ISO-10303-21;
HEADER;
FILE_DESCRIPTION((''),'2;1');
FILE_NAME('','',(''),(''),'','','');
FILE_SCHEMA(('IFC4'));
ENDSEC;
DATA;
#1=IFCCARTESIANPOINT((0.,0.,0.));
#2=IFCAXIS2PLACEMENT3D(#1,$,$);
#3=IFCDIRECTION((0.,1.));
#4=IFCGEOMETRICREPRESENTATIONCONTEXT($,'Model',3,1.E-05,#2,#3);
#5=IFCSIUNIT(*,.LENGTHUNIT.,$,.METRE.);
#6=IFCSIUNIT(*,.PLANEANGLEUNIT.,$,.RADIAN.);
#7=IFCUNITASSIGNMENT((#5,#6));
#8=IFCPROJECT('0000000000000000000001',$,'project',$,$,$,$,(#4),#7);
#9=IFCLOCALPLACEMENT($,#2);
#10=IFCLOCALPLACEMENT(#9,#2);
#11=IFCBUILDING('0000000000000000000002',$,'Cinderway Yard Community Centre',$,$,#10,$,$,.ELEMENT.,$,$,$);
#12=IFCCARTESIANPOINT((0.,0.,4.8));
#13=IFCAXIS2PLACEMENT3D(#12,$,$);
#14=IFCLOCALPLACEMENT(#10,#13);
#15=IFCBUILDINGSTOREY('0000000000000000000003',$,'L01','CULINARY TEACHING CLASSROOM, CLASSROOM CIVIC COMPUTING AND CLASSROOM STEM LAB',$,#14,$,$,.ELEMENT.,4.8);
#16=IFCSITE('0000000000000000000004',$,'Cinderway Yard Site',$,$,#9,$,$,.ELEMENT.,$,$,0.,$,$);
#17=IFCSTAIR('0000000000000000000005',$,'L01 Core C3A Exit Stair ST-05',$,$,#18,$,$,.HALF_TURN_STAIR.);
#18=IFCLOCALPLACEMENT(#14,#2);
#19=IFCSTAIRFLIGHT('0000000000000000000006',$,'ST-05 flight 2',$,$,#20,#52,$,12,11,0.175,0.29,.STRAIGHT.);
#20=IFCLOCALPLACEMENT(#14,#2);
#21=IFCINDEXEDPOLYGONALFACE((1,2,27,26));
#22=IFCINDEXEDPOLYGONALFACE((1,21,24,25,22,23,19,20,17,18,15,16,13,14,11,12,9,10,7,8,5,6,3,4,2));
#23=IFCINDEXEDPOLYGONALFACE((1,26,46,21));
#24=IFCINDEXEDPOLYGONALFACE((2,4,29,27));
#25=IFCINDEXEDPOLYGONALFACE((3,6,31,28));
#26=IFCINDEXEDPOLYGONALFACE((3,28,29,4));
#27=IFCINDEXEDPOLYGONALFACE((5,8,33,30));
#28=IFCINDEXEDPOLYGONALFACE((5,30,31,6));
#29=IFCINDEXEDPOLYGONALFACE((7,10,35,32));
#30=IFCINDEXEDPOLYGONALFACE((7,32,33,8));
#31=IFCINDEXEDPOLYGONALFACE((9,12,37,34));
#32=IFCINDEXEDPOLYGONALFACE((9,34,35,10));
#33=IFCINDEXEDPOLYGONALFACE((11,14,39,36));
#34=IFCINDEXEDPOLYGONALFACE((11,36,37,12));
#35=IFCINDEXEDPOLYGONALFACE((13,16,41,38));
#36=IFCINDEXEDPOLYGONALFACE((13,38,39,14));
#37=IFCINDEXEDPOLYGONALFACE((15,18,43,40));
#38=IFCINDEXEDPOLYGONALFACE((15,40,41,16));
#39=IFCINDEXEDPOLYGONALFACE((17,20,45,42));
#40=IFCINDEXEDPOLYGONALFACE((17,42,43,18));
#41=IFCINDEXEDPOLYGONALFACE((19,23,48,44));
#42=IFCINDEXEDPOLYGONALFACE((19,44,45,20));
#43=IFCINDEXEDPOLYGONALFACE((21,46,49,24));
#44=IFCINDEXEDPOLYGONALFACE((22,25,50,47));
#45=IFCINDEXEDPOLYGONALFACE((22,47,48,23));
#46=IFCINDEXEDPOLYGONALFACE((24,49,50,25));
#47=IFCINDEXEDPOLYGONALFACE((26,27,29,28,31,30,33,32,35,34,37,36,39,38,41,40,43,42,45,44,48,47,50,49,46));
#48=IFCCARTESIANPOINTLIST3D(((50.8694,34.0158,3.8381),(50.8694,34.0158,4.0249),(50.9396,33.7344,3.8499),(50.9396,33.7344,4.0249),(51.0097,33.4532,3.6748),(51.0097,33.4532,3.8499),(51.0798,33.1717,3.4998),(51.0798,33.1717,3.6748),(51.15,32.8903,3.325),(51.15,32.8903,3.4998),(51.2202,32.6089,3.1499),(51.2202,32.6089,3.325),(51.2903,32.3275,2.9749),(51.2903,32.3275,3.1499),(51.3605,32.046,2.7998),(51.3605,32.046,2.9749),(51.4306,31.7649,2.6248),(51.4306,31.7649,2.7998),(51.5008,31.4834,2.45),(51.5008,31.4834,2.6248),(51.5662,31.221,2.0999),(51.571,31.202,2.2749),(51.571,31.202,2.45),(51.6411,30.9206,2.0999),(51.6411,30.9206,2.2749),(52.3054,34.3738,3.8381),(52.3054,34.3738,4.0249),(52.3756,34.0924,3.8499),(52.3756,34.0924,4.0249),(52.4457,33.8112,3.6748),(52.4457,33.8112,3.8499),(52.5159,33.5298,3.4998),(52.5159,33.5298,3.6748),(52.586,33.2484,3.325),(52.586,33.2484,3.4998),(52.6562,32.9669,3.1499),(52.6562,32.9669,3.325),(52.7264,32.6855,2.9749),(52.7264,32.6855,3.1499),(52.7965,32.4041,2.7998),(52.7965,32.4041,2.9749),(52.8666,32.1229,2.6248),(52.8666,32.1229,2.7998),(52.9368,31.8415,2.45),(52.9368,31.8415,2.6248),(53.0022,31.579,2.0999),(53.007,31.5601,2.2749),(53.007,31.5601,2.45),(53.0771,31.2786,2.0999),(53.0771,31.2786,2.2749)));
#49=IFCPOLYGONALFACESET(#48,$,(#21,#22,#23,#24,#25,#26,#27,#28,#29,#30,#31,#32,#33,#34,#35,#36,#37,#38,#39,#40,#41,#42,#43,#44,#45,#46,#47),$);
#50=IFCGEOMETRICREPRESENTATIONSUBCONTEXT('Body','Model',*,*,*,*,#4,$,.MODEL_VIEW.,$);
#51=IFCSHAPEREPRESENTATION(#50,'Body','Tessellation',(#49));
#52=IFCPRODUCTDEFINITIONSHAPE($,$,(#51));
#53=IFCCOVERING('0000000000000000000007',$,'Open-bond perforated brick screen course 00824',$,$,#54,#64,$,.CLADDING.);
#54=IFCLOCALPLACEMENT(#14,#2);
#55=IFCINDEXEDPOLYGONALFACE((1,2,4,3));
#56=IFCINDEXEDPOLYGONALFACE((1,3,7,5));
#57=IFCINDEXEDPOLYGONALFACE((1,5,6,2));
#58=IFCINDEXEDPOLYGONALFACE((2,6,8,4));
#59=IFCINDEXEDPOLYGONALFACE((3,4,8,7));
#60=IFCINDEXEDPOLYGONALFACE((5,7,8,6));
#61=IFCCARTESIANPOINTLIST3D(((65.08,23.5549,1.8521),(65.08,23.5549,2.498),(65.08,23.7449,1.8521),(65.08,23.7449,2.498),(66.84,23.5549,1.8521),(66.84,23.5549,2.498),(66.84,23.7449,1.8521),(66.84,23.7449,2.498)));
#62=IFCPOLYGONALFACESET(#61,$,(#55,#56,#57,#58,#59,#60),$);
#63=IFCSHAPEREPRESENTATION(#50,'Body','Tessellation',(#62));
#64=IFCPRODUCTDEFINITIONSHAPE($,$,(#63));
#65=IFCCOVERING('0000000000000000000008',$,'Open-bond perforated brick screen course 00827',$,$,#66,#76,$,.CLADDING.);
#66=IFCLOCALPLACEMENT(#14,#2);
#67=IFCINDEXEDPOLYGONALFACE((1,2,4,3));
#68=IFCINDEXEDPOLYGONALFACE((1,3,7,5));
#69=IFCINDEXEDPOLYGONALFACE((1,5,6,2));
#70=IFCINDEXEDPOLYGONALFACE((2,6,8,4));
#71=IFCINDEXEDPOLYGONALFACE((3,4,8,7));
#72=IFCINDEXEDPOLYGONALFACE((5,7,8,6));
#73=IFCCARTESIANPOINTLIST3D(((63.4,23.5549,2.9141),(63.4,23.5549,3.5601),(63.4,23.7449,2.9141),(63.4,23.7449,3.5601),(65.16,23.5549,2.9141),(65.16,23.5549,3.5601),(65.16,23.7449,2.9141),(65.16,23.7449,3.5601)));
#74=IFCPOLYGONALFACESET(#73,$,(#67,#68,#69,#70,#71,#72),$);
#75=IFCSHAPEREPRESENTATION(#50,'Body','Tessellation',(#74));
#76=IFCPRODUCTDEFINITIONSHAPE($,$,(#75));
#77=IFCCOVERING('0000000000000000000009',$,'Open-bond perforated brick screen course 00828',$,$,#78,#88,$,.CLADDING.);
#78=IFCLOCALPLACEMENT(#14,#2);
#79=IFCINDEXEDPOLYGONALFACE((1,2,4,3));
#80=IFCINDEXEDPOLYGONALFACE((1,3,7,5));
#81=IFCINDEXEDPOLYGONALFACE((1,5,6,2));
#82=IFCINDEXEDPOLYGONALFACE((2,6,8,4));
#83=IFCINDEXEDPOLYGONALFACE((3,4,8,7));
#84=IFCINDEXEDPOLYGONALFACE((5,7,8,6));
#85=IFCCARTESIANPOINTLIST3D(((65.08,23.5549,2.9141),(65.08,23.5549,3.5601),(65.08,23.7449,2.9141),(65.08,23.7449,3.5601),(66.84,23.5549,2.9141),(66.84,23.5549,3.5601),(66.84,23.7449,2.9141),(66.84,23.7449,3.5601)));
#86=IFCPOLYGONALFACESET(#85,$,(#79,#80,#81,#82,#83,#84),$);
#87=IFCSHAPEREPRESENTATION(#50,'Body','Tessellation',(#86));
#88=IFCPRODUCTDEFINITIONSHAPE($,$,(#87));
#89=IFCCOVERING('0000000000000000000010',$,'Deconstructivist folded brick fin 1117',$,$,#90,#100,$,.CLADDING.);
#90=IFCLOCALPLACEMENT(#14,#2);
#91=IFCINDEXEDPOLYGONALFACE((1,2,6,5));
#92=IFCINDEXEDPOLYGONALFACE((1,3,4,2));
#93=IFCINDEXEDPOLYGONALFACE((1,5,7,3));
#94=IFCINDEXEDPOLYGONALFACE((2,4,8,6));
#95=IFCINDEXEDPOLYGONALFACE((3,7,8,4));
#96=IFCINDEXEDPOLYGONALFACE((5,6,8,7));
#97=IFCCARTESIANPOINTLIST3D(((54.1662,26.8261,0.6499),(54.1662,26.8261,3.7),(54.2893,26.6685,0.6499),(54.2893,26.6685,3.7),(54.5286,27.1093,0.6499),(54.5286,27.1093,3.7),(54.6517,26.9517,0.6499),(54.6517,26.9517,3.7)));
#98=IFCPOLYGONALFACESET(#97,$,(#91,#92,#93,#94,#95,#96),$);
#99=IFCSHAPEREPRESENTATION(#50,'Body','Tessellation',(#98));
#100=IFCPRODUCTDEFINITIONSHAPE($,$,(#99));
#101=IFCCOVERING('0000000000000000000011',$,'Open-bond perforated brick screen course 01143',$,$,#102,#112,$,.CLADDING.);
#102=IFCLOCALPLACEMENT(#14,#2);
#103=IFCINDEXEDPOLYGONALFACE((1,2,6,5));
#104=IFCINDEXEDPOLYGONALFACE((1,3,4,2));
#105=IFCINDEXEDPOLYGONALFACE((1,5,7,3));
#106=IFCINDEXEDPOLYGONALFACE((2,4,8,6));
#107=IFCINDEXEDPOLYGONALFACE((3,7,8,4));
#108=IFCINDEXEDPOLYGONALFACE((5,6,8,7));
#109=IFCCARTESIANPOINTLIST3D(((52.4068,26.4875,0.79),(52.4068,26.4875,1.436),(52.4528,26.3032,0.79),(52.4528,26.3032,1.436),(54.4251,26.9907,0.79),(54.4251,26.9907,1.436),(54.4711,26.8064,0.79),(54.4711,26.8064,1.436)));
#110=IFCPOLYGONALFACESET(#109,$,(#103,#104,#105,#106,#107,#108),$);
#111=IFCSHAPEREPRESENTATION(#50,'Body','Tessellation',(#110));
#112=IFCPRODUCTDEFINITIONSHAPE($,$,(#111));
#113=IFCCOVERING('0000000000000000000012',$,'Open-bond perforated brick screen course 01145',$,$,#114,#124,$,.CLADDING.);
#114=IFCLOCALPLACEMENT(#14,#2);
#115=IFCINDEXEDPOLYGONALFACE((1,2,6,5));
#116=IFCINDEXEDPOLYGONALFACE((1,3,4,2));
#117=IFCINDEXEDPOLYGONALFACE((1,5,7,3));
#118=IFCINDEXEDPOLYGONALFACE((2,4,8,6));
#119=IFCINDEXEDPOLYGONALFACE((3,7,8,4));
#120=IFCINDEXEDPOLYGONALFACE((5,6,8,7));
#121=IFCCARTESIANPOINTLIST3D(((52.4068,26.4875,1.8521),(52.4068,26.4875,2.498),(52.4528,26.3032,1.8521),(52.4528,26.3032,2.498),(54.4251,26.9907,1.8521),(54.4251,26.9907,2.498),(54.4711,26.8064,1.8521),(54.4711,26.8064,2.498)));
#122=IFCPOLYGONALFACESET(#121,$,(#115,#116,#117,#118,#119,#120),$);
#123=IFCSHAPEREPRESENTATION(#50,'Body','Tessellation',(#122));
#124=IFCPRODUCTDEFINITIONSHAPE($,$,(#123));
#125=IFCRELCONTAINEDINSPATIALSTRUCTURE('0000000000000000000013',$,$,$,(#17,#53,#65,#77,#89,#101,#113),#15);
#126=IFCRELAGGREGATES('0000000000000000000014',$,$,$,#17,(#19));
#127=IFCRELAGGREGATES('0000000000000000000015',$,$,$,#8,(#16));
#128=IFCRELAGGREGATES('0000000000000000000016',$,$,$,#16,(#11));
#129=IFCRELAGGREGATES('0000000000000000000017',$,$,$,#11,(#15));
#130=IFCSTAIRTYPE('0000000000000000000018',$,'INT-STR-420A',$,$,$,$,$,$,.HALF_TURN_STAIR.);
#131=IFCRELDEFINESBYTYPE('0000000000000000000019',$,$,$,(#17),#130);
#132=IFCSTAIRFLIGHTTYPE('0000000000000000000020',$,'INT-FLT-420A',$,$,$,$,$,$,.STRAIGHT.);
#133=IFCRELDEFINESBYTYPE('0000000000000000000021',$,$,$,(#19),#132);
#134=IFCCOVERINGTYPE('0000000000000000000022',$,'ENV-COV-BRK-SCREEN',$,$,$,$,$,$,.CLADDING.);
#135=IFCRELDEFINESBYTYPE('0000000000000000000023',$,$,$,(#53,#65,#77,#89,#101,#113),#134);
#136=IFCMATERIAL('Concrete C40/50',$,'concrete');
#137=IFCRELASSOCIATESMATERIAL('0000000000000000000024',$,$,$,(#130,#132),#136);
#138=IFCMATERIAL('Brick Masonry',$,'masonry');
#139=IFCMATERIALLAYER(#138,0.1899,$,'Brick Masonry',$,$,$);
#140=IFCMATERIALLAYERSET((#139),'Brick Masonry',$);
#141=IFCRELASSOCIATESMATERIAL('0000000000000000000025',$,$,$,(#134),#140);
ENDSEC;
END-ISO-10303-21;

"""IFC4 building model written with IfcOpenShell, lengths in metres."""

from ifc_helpers import new_model, si_unit, direction, frame, origin, origin_2d, place, context, subcontext, project, spatial, polyline, rectangle, outline, extrude, material, layer, layer_set, type_object, element, aggregate, save


model = new_model("IFC4")

# Units and contexts
model_context = context("Model", 3, precision=1e-05, world=origin(), true_north=direction((0.0, 1.0)))
body_context = subcontext(model_context, "Body", "Model", "MODEL_VIEW")
ifc_project = project(units=[si_unit("LENGTHUNIT", "METRE"), si_unit("PLANEANGLEUNIT", "RADIAN")], contexts=[model_context])

# Site, building, storey
site_placement = place(None, origin())
site = spatial("IfcSite", under=ifc_project, at=site_placement, Name="Cinderway Yard Site", CompositionType="ELEMENT", RefElevation=0.0)
building_placement = place(site_placement, origin())
building = spatial("IfcBuilding", under=site, at=building_placement, Name="Cinderway Yard Community Centre", CompositionType="ELEMENT")
storey_placement = place(building_placement, frame((0.0, 0.0, 4.8)))
storey = spatial("IfcBuildingStorey", under=building, at=storey_placement, Name="L01", Description="CULINARY TEACHING CLASSROOM, CLASSROOM CIVIC COMPUTING AND CLASSROOM STEM LAB", CompositionType="ELEMENT", Elevation=4.8)

# Shared definitions
ifc_material_1 = material(Name="Concrete C40/50", Category="concrete")

# Stair, stair flight
stair_type = type_object("IfcStairType", Name="INT-STR-420A", PredefinedType="HALF_TURN_STAIR", material=ifc_material_1)
stair_placement = place(storey_placement, origin())
stair = element("IfcStair", 1, at=stair_placement, inside=storey, type_object=stair_type, Name="L01 Core C3A Exit Stair ST-05", PredefinedType="HALF_TURN_STAIR")
stair_flight_type = type_object("IfcStairFlightType", Name="INT-FLT-420A", PredefinedType="STRAIGHT", material=ifc_material_1)
stair_flight_placement = place(storey_placement, frame((52.3591, 31.0996, 2.0999), z_axis=(0.0, 0.0, 1.0), x_axis=(-0.241922, 0.970296, 0.0)))
stair_flight = element("IfcStairFlight", 2, at=stair_flight_placement, type_object=stair_flight_type, Name="ST-05 flight 2", NumberOfRisers=12, NumberOfTreads=11, PredefinedType="STRAIGHT", RiserHeight=0.175, TreadLength=0.29, context=body_context, shape_type="SweptSolid", body=[
    extrude(outline(polyline([(0.0, 0.0), (0.0, 0.175), (0.29, 0.175), (0.29, 0.3501), (0.5801, 0.3501), (0.5801, 0.5249), (0.8701, 0.5249), (0.8701, 0.7), (1.1599, 0.7), (1.1599, 0.875), (1.45, 0.875), (1.45, 1.05), (1.74, 1.05), (1.74, 1.2251), (2.03, 1.2251), (2.03, 1.3999), (2.3201, 1.3999), (2.3201, 1.575), (2.6101, 1.575), (2.6101, 1.75), (2.8999, 1.75), (2.8999, 1.925), (3.1899, 1.925), (3.1899, 2.1001), (3.1899, 1.7383), (0.3096, 0.0), (0.0, 0.0)])), frame((0.0, 0.74, 0.0), z_axis=(0.0, -1.0, 0.0), x_axis=(1.0, 0.0, 0.0)), (0.0, 0.0, 1.0), 1.48),
])
aggregate(stair, [stair_flight])

# Coverings
ifc_material_2 = material(Name="Brick Masonry", Category="masonry")
ifc_layer_1 = layer(ifc_material_2, 0.1899, Name="Brick Masonry")
ifc_layer_set_1 = layer_set([ifc_layer_1], Name="Brick Masonry")
covering_type = type_object("IfcCoveringType", Name="ENV-COV-BRK-SCREEN", PredefinedType="CLADDING", material=ifc_layer_set_1)
for number, where, z_axis, x_axis, name in (
    (3, (65.96, 23.6499, 1.8521), (0.0, 0.0, 1.0), (1.0, 0.0, 0.0), "Open-bond perforated brick screen course 00824"),
    (4, (64.28, 23.6499, 2.9141), (0.0, 0.0, 1.0), (1.0, 0.0, 0.0), "Open-bond perforated brick screen course 00827"),
    (5, (65.96, 23.6499, 2.9141), (0.0, 0.0, 1.0), (1.0, 0.0, 0.0), "Open-bond perforated brick screen course 00828"),
):
    element("IfcCovering", number, at=place(storey_placement, frame(where, z_axis=z_axis, x_axis=x_axis)), inside=storey, type_object=covering_type, Name=name, PredefinedType="CLADDING", context=body_context, shape_type="SweptSolid", body=[
        extrude(rectangle(XDim=1.76, YDim=0.1899, at=origin_2d()), origin(), (0.0, 0.0, 1.0), 0.646),
    ])
covering_placement = place(storey_placement, frame((54.4089, 26.8889, 0.6499), z_axis=(0.0, 0.0, 1.0), x_axis=(-0.788011, -0.615661, 0.0)))
element("IfcCovering", 6, at=covering_placement, inside=storey, type_object=covering_type, Name="Deconstructivist folded brick fin 1117", PredefinedType="CLADDING", context=body_context, shape_type="SweptSolid", body=[
    extrude(rectangle(XDim=0.46, YDim=0.2, at=origin_2d()), origin(), (0.0, 0.0, 1.0), 3.05),
])
for number, where, z_axis, x_axis, name in (
    (7, (53.439, 26.647, 0.79), (0.0, 0.0, 1.0), (-0.970296, -0.241922, 0.0), "Open-bond perforated brick screen course 01143"),
    (8, (53.439, 26.647, 1.8521), (0.0, 0.0, 1.0), (-0.970296, -0.241922, 0.0), "Open-bond perforated brick screen course 01145"),
):
    element("IfcCovering", number, at=place(storey_placement, frame(where, z_axis=z_axis, x_axis=x_axis)), inside=storey, type_object=covering_type, Name=name, PredefinedType="CLADDING", context=body_context, shape_type="SweptSolid", body=[
        extrude(rectangle(XDim=2.0801, YDim=0.1899, at=origin_2d()), origin(), (0.0, 0.0, 1.0), 0.646),
    ])

save(model, "model.ifc")
